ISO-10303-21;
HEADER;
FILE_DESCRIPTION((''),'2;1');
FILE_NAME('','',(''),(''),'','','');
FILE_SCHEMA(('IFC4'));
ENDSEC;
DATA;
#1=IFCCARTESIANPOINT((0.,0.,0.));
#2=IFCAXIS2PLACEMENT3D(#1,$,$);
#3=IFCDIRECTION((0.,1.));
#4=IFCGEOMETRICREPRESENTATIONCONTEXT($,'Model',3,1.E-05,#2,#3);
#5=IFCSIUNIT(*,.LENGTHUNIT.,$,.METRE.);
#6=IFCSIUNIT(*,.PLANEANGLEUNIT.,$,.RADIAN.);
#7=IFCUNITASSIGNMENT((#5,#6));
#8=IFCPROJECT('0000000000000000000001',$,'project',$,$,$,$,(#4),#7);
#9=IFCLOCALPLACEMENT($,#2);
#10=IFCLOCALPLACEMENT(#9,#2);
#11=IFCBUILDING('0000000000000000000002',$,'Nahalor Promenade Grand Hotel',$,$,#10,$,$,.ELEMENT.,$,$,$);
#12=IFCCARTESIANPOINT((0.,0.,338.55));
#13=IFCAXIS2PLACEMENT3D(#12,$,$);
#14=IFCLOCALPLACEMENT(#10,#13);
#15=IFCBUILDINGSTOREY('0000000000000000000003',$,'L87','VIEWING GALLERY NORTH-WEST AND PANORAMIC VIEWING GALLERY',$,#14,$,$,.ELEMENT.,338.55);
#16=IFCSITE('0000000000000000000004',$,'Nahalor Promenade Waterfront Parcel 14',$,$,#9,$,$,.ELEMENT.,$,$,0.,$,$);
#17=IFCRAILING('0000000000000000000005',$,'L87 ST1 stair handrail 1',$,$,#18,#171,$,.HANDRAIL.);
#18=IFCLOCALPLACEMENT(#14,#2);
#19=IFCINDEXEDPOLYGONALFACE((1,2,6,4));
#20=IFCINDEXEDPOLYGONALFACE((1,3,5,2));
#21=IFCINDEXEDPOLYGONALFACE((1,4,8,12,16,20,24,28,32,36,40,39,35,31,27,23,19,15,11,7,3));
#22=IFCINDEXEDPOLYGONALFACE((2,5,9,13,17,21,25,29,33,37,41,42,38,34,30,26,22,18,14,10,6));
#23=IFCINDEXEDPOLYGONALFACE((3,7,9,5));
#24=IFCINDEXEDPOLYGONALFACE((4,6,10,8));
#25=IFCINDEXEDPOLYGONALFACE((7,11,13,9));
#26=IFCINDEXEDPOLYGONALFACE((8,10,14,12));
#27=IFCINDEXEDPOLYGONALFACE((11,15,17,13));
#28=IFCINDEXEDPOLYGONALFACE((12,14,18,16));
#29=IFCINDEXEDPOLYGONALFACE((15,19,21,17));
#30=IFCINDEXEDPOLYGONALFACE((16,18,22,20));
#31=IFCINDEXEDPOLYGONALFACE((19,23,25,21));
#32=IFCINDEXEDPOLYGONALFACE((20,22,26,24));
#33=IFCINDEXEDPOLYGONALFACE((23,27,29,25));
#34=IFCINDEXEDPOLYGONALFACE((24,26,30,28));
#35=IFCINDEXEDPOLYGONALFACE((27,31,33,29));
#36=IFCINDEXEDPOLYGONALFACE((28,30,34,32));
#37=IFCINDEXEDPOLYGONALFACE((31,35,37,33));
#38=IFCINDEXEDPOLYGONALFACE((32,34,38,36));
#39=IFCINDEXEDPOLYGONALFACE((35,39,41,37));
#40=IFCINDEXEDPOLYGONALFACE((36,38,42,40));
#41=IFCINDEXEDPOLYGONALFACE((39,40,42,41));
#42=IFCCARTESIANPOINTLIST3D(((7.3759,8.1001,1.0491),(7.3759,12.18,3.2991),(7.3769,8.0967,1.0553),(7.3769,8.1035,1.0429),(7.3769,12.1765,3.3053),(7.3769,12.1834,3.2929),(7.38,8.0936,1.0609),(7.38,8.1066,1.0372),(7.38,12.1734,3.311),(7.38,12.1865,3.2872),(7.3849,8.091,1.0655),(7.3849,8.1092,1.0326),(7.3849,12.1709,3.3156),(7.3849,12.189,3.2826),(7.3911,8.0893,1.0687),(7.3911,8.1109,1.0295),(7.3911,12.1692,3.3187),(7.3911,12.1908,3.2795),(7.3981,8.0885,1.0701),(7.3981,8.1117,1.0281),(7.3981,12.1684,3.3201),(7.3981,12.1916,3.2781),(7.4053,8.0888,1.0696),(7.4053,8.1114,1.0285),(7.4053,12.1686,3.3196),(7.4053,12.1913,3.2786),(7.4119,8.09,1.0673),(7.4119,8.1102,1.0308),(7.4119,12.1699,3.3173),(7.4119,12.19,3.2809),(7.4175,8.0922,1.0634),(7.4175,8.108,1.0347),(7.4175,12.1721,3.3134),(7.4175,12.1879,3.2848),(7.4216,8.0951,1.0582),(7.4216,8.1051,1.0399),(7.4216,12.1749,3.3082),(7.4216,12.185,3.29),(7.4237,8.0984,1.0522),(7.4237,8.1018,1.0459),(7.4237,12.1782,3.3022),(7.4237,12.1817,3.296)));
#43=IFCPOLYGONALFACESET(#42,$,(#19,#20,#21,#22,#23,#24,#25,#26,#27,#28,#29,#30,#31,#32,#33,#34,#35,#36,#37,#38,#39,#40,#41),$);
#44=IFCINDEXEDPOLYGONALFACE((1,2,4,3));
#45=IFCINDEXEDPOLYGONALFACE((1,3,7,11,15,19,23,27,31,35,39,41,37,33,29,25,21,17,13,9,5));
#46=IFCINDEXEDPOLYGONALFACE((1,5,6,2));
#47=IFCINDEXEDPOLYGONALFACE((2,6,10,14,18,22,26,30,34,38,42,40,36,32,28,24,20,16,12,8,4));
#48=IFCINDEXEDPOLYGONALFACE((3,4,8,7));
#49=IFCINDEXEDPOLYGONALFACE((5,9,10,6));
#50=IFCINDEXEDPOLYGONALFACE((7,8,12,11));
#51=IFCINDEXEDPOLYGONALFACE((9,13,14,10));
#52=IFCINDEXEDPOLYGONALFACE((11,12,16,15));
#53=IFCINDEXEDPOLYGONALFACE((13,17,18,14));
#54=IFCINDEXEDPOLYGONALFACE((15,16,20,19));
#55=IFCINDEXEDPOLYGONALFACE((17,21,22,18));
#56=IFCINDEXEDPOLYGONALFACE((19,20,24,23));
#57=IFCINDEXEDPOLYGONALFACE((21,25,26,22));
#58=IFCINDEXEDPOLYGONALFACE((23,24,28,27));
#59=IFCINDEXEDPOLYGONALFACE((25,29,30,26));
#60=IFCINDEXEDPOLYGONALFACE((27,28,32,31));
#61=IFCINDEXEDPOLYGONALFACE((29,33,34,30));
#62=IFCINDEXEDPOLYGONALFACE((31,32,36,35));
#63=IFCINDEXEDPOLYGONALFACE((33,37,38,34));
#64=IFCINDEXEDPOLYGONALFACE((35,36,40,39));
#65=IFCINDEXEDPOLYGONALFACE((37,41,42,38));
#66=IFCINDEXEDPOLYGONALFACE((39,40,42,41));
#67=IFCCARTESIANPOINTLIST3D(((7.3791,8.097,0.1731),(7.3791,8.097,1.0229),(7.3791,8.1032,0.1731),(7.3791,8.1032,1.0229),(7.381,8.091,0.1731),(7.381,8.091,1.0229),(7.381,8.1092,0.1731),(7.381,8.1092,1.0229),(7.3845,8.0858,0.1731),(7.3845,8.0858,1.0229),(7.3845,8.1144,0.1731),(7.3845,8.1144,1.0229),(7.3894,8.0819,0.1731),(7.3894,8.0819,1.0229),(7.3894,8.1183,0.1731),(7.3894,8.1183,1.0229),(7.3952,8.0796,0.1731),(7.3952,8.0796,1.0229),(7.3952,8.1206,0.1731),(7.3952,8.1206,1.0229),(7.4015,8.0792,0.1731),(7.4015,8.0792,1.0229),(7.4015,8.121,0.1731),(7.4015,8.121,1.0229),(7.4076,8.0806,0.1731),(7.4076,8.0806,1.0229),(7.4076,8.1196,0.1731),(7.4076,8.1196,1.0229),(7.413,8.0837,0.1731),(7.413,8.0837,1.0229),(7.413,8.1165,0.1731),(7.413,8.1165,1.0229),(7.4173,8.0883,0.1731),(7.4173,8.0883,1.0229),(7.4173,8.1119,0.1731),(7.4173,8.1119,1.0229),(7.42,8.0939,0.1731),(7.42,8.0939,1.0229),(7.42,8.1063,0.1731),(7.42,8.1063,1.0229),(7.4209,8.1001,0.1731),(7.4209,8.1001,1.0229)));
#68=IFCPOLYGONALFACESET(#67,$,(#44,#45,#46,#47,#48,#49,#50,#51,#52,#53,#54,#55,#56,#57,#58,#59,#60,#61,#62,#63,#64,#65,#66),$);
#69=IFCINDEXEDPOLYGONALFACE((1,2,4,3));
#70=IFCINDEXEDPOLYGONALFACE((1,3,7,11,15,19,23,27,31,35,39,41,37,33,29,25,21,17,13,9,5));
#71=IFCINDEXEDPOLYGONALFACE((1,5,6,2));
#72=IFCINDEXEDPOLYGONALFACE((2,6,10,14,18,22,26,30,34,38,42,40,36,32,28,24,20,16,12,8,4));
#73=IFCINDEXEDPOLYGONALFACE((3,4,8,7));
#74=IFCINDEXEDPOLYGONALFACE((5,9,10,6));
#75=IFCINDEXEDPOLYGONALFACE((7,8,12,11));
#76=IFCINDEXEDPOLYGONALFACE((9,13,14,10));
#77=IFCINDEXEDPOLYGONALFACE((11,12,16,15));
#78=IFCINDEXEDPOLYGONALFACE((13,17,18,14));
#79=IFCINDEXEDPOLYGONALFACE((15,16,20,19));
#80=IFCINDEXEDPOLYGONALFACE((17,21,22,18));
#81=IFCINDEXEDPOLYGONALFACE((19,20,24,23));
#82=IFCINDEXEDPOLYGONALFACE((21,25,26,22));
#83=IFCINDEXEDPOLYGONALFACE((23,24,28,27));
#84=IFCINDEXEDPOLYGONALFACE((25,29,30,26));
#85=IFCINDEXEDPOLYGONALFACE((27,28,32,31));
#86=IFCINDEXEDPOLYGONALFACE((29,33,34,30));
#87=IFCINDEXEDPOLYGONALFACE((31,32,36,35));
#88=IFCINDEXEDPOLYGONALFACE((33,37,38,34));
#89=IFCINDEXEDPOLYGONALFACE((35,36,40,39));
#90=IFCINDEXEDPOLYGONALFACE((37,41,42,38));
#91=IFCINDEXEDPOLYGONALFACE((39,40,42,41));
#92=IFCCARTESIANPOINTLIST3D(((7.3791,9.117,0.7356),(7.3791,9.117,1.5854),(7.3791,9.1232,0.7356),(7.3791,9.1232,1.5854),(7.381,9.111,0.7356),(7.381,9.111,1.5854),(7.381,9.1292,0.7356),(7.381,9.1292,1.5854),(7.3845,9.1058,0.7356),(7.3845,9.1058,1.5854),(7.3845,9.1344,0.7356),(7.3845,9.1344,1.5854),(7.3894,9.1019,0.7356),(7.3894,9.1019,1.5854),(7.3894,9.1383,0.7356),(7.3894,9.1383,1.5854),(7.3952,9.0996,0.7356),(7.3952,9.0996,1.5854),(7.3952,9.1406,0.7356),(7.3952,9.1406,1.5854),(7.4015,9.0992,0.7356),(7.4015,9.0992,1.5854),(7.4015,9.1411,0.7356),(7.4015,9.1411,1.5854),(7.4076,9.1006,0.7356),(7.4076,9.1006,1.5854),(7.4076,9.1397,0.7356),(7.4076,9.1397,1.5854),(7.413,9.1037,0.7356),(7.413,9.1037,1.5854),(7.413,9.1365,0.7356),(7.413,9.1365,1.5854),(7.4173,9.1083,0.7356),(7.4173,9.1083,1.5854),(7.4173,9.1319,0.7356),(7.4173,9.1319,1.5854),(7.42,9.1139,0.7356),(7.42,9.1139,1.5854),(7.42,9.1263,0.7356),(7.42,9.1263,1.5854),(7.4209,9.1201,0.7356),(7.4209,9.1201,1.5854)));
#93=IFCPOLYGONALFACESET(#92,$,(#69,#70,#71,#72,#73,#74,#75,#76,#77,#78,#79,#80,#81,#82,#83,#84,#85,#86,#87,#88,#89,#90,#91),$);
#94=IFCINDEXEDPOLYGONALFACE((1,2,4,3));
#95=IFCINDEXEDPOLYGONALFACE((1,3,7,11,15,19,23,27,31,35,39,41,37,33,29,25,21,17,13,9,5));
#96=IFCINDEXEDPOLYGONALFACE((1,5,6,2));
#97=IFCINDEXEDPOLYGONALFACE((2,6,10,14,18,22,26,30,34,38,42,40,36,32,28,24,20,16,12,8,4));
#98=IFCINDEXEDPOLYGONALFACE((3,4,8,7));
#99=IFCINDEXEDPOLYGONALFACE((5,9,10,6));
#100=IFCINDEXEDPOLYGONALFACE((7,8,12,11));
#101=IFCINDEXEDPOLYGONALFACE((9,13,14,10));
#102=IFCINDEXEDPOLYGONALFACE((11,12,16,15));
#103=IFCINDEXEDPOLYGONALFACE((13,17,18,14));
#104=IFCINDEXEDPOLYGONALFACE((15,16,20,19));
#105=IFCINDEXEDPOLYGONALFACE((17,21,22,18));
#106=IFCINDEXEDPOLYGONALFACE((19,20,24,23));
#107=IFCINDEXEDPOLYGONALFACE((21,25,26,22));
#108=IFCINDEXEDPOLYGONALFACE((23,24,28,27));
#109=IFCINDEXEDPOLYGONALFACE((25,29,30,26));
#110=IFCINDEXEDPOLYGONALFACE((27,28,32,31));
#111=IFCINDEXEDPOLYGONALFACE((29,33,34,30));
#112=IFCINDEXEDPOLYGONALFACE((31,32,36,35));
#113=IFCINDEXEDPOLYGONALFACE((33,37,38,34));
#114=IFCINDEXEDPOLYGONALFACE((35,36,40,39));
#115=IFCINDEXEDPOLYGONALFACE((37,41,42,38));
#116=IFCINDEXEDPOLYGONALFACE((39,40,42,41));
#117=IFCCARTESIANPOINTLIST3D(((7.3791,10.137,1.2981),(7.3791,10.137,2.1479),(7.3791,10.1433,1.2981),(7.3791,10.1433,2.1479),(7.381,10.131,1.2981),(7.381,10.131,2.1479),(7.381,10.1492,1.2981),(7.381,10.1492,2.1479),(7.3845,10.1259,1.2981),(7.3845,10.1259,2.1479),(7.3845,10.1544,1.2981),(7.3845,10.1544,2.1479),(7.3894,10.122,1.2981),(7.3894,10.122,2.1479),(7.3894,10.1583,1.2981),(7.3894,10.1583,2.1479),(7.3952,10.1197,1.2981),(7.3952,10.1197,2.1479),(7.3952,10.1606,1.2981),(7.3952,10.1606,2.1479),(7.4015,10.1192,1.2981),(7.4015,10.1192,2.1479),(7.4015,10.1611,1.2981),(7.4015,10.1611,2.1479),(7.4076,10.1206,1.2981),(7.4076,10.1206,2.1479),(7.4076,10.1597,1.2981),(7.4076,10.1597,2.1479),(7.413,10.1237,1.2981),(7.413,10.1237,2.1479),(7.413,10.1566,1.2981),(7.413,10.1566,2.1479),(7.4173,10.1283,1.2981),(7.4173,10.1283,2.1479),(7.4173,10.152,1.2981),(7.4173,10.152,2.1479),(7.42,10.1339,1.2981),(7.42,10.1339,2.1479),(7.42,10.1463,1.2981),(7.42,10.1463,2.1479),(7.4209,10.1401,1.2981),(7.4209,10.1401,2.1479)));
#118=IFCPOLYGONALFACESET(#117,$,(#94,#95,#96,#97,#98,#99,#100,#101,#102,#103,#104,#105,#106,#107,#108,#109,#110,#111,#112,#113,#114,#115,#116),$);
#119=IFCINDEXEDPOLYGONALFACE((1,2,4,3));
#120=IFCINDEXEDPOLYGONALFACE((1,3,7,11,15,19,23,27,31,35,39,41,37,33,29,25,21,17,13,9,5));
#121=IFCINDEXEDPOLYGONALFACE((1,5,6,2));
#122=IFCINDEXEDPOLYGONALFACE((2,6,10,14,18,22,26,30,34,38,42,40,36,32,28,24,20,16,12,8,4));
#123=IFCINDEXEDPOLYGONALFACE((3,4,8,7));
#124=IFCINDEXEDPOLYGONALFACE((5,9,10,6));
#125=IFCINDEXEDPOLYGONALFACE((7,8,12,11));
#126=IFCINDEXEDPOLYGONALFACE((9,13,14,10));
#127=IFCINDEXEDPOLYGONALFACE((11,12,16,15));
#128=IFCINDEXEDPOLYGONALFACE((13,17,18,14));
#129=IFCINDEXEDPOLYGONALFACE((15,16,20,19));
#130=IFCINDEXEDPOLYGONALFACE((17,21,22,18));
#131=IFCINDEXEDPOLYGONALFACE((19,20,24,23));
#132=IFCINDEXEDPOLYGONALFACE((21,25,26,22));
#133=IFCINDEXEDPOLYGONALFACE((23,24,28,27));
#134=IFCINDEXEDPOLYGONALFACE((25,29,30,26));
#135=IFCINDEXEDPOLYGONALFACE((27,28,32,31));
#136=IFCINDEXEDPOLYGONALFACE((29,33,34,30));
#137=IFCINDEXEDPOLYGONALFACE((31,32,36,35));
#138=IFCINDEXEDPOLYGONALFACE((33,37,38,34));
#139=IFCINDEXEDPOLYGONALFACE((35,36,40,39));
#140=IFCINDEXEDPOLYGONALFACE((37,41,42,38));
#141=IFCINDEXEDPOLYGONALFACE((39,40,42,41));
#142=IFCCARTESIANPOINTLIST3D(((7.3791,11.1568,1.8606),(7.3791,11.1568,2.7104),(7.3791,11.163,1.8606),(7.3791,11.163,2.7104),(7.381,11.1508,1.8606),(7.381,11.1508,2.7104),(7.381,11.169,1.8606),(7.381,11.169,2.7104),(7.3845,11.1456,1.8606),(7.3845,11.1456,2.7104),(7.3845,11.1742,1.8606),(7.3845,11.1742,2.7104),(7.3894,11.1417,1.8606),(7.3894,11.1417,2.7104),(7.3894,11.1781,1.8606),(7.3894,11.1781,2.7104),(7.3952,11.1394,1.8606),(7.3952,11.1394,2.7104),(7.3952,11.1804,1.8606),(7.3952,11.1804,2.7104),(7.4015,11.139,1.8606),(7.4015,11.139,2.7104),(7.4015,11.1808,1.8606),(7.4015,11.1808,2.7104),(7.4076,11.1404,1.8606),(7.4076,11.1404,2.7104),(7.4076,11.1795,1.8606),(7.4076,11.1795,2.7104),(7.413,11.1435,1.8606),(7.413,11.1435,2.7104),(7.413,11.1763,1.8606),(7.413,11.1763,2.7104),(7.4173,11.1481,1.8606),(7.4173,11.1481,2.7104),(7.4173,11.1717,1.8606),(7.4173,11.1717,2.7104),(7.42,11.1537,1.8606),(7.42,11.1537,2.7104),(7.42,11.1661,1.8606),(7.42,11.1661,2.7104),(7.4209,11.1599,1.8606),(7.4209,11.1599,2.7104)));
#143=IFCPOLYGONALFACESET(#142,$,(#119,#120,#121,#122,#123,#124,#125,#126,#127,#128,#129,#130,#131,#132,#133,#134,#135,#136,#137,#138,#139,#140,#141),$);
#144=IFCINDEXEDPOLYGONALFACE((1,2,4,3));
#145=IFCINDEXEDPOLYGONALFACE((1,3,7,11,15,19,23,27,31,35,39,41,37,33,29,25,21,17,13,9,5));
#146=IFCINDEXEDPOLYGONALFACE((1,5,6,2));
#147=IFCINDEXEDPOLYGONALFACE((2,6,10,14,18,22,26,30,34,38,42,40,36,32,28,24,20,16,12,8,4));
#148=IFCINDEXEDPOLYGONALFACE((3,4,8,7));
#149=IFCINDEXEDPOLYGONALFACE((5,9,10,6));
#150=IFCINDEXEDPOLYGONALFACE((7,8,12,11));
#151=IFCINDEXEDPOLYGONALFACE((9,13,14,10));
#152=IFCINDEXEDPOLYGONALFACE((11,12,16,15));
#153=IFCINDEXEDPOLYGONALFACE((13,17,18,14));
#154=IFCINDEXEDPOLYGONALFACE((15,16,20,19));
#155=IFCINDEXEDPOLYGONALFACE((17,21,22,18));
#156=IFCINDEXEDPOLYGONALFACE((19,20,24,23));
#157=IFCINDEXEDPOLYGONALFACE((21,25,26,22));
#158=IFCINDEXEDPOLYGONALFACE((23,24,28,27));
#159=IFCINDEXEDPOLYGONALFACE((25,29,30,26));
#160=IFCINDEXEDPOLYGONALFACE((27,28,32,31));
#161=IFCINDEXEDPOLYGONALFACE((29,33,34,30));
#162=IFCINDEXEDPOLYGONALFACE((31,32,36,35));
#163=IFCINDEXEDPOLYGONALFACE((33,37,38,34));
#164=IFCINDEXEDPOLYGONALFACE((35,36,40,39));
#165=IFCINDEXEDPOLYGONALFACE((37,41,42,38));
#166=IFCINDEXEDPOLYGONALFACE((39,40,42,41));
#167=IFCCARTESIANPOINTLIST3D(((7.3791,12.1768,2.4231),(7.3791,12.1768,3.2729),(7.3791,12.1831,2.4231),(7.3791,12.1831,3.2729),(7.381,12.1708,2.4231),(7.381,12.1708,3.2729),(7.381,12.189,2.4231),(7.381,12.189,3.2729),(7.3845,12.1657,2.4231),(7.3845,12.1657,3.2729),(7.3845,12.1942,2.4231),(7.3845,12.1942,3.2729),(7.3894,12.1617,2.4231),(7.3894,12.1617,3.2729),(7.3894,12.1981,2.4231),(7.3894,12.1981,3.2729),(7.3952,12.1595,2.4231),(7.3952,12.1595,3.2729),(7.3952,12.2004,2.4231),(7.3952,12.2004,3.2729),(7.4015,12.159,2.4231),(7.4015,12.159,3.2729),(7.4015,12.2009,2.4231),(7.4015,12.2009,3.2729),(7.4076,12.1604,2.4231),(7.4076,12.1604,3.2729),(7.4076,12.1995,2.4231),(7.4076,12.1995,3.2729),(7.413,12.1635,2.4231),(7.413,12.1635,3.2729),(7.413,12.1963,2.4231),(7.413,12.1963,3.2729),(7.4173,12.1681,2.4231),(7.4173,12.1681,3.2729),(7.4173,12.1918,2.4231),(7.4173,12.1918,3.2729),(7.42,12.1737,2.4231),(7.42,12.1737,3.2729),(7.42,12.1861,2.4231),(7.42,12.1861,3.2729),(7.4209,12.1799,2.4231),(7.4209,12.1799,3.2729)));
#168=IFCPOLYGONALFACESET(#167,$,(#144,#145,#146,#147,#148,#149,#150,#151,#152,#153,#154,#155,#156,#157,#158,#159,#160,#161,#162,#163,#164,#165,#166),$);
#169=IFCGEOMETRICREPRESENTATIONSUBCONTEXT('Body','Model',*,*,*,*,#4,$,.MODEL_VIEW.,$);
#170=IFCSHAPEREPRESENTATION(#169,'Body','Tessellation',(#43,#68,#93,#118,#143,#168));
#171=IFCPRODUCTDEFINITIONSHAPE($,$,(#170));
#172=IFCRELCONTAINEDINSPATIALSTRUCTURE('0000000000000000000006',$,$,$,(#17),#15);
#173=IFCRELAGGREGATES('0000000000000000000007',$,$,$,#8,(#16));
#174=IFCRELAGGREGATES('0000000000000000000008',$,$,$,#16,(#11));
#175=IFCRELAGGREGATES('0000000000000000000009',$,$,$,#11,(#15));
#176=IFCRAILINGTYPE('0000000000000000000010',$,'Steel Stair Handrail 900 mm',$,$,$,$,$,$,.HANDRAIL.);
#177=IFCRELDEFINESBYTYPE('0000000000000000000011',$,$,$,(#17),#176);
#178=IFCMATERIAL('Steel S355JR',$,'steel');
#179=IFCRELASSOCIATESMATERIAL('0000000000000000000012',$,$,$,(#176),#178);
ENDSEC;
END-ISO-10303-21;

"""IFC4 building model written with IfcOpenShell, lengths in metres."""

from ifc_helpers import new_model, si_unit, direction, frame, origin, origin_2d, place, context, subcontext, project, spatial, circle, extrude, material, type_object, element, save


model = new_model("IFC4")

# Units and contexts
model_context = context("Model", 3, precision=1e-05, world=origin(), true_north=direction((0.0, 1.0)))
body_context = subcontext(model_context, "Body", "Model", "MODEL_VIEW")
ifc_project = project(units=[si_unit("LENGTHUNIT", "METRE"), si_unit("PLANEANGLEUNIT", "RADIAN")], contexts=[model_context])

# Site, building, storey
site_placement = place(None, origin())
site = spatial("IfcSite", under=ifc_project, at=site_placement, Name="Nahalor Promenade Waterfront Parcel 14", CompositionType="ELEMENT", RefElevation=0.0)
building_placement = place(site_placement, origin())
building = spatial("IfcBuilding", under=site, at=building_placement, Name="Nahalor Promenade Grand Hotel", CompositionType="ELEMENT")
storey_placement = place(building_placement, frame((0.0, 0.0, 338.55)))
storey = spatial("IfcBuildingStorey", under=building, at=storey_placement, Name="L87", Description="VIEWING GALLERY NORTH-WEST AND PANORAMIC VIEWING GALLERY", CompositionType="ELEMENT", Elevation=338.55)

# Shared definitions
ifc_material_1 = material(Name="Steel S355JR", Category="steel")

# Railing
railing_type_1 = type_object("IfcRailingType", Name="Steel Stair Handrail 900 mm", PredefinedType="HANDRAIL", material=ifc_material_1)
railing_1_placement = place(storey_placement, frame((7.3999, 8.1001, 0.1731)))
element("IfcRailing", 1, at=railing_1_placement, inside=storey, type_object=railing_type_1, Name="L87 ST1 stair handrail 1", PredefinedType="HANDRAIL", context=body_context, shape_type="SweptSolid", body=[
    extrude(circle(Radius=0.024, at=origin_2d()), frame((0.0, 0.0, 0.876), z_axis=(0.0, 0.875663, 0.482922), x_axis=(-1.0, 0.0, 0.0)), (0.0, 0.0, 1.0), 4.6592),
    extrude(circle(Radius=0.021, at=origin_2d()), origin(), (0.0, 0.0, 1.0), 0.8499),
    extrude(circle(Radius=0.021, at=origin_2d()), frame((0.0, 1.02, 0.5625)), (0.0, 0.0, 1.0), 0.8499),
    extrude(circle(Radius=0.021, at=origin_2d()), frame((0.0, 2.04, 1.125)), (0.0, 0.0, 1.0), 0.8499),
    extrude(circle(Radius=0.021, at=origin_2d()), frame((0.0, 3.0598, 1.6875)), (0.0, 0.0, 1.0), 0.8499),
    extrude(circle(Radius=0.021, at=origin_2d()), frame((0.0, 4.0798, 2.25)), (0.0, 0.0, 1.0), 0.8499),
])

save(model, "model.ifc")
